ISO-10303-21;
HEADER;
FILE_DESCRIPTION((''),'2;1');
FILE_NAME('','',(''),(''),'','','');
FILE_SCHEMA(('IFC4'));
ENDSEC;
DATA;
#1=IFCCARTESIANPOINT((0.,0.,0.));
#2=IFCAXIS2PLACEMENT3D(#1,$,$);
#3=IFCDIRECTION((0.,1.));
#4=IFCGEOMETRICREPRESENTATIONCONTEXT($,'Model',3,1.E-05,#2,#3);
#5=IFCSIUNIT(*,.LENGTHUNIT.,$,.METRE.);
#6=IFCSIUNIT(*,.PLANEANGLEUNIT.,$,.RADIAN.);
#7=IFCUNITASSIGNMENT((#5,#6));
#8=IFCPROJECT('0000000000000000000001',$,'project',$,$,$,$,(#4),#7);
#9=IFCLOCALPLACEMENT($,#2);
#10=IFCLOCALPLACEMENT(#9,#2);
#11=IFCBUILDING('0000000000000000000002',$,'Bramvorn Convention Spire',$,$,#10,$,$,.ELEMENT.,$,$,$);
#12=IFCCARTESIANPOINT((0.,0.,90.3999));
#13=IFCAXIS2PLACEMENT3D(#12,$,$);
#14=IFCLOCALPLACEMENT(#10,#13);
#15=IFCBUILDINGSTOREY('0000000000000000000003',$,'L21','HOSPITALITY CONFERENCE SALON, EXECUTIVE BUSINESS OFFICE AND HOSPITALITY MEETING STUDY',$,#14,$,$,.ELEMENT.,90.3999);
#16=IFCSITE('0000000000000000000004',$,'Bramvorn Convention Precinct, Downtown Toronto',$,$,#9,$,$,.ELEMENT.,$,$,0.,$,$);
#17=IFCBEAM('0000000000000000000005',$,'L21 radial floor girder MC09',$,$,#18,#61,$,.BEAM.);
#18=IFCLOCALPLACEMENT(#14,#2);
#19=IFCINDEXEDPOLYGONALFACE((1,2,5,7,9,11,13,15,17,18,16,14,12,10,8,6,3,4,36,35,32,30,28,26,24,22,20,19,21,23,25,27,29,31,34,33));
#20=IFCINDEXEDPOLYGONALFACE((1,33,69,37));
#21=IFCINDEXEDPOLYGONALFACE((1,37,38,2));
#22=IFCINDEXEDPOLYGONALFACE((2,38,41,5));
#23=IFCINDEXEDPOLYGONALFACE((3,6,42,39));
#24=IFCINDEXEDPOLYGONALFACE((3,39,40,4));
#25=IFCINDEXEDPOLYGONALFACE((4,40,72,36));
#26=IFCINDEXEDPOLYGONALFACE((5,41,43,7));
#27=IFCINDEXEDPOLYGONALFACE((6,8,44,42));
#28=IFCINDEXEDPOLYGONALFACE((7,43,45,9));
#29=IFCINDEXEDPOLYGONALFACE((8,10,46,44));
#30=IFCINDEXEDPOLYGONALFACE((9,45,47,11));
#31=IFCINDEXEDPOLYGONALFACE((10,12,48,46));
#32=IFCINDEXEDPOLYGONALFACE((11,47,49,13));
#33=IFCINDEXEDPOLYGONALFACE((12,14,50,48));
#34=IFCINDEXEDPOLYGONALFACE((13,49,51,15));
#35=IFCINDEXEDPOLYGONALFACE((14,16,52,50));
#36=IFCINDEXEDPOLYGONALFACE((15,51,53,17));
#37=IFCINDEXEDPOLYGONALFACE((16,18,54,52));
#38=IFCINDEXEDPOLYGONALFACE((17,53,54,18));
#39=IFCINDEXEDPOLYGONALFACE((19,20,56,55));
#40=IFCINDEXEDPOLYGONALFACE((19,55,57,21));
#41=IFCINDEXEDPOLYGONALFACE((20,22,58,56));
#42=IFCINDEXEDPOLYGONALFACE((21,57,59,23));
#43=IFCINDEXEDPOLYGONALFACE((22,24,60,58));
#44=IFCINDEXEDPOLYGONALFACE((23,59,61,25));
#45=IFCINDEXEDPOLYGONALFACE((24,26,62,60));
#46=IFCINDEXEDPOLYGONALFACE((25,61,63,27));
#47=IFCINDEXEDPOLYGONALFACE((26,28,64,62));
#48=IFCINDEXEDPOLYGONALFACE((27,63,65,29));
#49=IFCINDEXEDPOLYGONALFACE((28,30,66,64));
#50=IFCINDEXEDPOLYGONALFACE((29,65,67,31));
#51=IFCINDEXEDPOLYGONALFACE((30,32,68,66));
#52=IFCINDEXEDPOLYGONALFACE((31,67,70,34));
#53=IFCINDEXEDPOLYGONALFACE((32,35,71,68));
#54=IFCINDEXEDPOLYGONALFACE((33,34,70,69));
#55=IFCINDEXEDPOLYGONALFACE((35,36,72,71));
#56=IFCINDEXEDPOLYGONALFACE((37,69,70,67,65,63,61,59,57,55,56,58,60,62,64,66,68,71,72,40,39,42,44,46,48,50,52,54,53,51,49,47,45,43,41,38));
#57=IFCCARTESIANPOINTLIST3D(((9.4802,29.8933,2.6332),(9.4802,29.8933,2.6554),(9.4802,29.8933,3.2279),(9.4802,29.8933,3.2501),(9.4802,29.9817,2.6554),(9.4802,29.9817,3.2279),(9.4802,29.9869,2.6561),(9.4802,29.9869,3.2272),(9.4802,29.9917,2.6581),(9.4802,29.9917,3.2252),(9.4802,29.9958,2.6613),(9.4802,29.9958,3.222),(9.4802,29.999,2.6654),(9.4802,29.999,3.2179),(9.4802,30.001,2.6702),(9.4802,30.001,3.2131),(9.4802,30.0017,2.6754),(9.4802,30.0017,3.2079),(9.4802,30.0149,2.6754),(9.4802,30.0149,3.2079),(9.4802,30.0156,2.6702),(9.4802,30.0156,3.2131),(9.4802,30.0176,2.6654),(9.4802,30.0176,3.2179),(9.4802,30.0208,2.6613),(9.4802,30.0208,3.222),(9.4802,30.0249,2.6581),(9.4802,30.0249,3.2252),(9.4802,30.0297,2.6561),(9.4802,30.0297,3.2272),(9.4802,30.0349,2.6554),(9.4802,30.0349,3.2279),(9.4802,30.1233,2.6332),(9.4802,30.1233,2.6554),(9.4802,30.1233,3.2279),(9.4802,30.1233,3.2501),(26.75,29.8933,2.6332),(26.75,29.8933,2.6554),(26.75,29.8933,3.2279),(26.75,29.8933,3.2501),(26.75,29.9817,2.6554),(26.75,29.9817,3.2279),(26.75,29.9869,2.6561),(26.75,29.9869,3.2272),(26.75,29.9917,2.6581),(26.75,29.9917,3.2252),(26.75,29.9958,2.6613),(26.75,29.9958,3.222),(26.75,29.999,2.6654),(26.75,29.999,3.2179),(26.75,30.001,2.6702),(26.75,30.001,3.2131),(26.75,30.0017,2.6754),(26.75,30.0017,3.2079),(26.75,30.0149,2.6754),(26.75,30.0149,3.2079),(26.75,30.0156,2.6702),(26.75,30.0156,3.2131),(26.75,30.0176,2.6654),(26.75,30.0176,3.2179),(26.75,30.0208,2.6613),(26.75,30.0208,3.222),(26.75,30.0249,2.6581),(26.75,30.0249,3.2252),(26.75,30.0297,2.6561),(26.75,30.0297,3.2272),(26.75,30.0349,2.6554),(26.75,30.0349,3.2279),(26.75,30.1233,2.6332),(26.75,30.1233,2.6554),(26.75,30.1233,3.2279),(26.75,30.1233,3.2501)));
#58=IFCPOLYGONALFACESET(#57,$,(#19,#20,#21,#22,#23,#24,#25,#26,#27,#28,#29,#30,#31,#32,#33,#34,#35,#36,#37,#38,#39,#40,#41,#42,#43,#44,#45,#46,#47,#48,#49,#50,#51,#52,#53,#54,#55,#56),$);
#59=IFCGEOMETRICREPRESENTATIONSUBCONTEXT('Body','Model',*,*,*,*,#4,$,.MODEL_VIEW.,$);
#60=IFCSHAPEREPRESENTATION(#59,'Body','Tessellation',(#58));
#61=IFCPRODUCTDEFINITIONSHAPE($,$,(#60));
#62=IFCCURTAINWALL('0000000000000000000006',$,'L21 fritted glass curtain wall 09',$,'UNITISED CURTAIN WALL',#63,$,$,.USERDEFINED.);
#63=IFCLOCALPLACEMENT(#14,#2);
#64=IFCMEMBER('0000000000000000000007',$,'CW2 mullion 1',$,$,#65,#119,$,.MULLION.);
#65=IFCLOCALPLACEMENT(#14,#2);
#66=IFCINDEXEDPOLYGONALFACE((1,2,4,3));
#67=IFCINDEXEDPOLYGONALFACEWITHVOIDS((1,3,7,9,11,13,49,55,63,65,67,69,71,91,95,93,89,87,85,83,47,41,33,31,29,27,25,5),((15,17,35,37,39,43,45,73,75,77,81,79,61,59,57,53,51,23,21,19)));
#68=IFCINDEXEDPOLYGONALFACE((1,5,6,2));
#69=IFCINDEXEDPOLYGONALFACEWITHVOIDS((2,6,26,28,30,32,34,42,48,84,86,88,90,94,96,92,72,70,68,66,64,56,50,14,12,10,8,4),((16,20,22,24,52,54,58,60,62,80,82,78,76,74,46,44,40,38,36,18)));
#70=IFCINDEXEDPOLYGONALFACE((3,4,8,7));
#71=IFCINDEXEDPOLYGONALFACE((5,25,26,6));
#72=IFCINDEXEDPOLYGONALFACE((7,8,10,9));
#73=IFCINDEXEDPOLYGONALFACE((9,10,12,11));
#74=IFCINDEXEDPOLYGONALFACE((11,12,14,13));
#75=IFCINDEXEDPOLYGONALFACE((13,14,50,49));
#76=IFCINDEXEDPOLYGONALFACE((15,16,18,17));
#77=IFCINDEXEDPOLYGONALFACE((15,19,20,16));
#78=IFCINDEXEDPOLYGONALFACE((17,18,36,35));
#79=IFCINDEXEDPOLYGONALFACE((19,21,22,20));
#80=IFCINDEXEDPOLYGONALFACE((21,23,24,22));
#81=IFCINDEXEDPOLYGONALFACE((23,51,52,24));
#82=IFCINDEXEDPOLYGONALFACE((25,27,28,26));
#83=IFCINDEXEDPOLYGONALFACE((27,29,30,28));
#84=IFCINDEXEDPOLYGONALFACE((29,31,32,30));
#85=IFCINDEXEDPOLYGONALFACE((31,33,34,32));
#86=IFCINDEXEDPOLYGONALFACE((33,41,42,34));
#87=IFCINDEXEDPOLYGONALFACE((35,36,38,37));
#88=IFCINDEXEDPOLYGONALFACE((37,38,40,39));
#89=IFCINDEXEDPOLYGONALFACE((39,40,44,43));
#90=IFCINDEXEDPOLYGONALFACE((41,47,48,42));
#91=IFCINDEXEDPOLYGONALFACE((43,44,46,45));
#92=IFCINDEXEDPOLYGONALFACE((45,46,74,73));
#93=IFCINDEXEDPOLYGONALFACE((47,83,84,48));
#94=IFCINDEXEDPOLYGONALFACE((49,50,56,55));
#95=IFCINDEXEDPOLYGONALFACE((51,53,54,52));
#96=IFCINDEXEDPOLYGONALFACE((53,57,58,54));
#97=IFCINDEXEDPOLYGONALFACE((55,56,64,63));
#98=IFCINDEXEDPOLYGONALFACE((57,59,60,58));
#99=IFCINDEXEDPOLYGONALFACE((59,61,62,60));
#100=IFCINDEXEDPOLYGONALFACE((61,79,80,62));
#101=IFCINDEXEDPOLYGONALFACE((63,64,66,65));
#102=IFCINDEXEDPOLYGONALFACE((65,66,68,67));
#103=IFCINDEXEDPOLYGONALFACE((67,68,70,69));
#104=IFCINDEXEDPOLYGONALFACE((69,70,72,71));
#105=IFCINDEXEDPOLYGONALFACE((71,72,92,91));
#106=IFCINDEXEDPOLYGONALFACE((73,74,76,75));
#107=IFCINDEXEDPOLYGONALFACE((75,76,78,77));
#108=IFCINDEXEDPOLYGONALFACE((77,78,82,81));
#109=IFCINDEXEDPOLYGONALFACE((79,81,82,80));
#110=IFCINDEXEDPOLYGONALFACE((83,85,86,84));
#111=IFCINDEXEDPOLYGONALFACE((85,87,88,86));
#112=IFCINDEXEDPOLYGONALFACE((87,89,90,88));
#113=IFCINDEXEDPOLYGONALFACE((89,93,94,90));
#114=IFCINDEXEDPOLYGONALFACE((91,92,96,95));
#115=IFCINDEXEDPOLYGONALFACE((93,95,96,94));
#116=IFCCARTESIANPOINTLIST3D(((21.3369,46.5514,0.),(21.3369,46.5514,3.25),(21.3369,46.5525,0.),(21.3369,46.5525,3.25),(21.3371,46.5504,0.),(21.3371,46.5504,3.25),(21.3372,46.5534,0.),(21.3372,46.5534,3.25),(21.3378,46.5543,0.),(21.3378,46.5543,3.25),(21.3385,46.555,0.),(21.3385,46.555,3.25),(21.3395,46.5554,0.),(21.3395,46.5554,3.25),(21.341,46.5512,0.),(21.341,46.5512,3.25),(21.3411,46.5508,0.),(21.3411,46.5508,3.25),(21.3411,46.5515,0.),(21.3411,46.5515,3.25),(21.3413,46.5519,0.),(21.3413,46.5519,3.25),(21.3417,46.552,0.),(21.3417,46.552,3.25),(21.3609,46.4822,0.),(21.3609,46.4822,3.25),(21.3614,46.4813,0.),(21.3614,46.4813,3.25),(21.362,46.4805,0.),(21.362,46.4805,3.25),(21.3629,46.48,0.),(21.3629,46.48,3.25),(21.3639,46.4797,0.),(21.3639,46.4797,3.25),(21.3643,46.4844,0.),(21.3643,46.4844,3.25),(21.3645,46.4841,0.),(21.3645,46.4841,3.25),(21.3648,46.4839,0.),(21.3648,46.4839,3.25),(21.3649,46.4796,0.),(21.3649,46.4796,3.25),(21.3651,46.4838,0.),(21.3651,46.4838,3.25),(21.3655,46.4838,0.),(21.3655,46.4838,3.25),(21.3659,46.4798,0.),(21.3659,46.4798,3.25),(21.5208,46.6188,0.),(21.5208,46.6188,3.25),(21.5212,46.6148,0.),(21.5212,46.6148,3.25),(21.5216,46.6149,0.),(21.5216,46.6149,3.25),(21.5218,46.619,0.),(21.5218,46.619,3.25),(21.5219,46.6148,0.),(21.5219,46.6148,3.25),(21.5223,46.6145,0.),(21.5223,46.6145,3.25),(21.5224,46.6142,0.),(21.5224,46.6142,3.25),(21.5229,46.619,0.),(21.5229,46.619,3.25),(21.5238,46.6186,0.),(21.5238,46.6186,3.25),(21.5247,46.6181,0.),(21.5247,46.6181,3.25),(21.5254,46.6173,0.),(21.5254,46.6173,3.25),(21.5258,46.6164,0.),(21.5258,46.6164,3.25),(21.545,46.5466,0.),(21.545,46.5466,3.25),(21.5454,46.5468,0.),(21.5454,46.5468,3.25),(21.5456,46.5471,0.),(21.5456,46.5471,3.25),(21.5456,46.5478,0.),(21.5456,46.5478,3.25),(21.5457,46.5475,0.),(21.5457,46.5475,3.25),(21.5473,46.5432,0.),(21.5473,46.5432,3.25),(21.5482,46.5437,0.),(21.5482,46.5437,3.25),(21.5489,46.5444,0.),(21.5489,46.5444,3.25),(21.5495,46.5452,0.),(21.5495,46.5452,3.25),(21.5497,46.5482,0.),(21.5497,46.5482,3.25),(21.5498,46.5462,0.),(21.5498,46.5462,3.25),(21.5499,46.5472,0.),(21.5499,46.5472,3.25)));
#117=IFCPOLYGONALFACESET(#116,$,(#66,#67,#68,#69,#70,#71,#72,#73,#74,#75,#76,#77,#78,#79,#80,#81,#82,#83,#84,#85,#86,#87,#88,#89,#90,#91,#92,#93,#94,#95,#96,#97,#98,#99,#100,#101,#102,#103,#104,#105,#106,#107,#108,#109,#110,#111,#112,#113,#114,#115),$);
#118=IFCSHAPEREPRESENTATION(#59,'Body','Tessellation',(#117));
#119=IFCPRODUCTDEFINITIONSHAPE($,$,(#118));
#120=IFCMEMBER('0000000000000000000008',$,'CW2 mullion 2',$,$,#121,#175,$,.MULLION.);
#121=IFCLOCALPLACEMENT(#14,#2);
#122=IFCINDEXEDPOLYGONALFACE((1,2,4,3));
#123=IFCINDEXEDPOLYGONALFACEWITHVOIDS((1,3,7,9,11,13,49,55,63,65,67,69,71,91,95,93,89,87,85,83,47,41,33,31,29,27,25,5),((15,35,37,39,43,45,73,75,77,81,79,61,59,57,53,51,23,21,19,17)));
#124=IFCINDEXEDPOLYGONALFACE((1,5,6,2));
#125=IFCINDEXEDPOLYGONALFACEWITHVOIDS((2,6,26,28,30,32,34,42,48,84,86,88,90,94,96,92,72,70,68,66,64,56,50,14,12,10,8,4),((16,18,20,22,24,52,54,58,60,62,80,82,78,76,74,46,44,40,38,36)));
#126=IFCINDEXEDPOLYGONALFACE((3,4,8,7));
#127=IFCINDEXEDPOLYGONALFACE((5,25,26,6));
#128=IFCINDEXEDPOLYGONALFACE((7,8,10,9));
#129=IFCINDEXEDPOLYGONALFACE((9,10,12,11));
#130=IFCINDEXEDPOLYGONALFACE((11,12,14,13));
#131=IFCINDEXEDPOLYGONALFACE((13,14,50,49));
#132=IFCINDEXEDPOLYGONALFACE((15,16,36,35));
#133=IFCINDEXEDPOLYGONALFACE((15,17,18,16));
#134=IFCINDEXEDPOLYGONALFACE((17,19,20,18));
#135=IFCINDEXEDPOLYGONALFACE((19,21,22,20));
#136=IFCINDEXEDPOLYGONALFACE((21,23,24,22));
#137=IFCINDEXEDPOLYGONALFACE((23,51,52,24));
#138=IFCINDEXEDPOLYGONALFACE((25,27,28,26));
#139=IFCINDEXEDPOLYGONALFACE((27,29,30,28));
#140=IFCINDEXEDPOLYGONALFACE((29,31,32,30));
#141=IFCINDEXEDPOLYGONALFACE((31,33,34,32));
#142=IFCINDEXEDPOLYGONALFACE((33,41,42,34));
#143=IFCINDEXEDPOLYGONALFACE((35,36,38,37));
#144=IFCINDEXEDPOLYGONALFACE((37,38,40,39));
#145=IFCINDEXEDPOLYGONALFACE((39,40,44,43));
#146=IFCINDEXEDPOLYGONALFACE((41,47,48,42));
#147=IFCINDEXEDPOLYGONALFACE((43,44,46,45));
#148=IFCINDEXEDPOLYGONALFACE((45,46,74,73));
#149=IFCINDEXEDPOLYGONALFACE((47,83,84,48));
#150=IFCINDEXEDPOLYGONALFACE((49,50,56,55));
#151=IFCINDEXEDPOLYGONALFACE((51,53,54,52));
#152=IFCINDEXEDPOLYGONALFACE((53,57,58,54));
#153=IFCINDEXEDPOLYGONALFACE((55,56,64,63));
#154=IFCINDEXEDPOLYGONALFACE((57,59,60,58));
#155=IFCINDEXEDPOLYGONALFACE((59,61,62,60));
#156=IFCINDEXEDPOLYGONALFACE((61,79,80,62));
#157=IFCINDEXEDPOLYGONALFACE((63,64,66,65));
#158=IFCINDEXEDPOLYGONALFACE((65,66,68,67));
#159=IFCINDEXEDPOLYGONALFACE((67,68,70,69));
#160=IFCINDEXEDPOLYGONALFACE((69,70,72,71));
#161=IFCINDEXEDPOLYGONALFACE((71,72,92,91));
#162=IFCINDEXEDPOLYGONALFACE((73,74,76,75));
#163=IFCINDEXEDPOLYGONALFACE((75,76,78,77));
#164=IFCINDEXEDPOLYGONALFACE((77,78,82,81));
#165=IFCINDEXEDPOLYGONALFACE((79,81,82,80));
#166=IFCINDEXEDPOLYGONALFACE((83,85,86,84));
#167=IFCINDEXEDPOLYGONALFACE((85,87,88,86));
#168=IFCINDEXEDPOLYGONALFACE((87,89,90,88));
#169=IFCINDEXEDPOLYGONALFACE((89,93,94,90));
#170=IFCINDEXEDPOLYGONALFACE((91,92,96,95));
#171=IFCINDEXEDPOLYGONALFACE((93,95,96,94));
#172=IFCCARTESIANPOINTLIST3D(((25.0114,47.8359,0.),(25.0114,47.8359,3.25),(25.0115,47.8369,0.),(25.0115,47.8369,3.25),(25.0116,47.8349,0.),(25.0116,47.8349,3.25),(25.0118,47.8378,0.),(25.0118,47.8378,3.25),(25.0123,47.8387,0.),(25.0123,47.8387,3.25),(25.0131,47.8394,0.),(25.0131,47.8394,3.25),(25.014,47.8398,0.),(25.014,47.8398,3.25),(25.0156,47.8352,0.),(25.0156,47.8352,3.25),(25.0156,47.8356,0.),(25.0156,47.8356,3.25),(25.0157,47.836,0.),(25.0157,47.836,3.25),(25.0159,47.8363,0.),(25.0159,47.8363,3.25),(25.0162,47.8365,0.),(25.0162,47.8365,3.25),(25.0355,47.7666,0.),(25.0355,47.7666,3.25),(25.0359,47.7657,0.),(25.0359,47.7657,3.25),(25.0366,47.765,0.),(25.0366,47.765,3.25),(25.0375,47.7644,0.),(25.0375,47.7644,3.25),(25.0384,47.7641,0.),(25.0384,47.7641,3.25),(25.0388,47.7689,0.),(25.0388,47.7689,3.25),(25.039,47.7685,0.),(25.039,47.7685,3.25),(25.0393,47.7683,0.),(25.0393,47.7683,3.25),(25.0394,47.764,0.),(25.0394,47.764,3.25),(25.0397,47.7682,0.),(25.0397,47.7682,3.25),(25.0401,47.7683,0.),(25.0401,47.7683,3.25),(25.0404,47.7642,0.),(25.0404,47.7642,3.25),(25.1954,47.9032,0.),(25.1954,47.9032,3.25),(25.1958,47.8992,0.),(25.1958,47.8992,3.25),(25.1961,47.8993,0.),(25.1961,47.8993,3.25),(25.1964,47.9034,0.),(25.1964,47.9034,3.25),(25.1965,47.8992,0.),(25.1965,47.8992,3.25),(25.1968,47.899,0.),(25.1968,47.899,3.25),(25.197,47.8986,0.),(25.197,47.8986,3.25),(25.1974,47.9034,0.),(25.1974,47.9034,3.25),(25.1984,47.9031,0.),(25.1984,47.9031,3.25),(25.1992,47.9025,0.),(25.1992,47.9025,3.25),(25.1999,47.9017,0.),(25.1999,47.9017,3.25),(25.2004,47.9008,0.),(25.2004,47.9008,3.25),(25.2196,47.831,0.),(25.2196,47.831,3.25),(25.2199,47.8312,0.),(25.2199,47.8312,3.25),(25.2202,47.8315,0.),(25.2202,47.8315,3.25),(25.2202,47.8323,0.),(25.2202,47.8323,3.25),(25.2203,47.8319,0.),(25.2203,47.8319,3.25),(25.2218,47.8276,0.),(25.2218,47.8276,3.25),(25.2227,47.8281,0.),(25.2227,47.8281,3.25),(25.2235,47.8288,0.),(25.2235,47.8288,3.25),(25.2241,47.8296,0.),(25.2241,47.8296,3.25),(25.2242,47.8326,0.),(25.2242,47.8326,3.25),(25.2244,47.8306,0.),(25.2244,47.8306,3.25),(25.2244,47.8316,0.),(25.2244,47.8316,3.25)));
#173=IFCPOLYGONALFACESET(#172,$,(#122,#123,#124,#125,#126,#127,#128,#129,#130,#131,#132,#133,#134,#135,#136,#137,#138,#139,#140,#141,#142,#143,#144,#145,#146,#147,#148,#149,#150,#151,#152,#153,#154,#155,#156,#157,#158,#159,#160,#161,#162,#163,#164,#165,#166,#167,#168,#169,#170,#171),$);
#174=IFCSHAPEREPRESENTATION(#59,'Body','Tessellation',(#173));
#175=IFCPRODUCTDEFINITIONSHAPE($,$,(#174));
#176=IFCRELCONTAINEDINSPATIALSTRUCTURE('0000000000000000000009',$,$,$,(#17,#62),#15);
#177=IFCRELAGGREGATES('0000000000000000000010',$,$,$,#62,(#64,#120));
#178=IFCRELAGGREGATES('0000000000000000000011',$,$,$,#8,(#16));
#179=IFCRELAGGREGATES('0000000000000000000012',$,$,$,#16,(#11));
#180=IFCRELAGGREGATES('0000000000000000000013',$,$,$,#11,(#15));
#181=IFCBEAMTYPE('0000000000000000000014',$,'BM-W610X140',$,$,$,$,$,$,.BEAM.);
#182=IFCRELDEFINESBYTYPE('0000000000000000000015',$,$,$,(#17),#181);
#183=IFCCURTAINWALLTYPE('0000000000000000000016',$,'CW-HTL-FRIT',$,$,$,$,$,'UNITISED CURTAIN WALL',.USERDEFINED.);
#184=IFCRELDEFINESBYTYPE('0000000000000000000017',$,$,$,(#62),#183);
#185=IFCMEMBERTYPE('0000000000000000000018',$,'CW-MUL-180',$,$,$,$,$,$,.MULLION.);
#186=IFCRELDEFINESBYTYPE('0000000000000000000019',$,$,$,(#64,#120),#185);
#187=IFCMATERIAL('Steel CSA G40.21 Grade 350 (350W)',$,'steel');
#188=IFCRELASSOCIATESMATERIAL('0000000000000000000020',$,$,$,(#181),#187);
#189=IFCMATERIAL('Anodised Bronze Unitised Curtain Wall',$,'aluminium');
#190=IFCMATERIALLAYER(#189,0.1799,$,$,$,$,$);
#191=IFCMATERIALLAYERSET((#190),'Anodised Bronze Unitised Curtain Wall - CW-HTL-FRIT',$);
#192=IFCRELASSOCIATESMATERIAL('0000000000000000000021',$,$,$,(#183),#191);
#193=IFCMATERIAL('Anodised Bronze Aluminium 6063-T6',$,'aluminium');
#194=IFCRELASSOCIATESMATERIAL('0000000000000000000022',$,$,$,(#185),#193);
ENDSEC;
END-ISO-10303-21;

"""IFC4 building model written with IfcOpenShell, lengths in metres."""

from ifc_helpers import new_model, si_unit, direction, frame, origin, origin_2d, place, context, subcontext, project, spatial, hollow_rectangle, i_section, extrude, material, layer, layer_set, material_profile, profile_set, type_object, element, aggregate, save


model = new_model("IFC4")

# Units and contexts
model_context = context("Model", 3, precision=1e-05, world=origin(), true_north=direction((0.0, 1.0)))
body_context = subcontext(model_context, "Body", "Model", "MODEL_VIEW")
ifc_project = project(units=[si_unit("LENGTHUNIT", "METRE"), si_unit("PLANEANGLEUNIT", "RADIAN")], contexts=[model_context])

# Site, building, storey
site_placement = place(None, origin())
site = spatial("IfcSite", under=ifc_project, at=site_placement, Name="Bramvorn Convention Precinct, Downtown Toronto", CompositionType="ELEMENT", RefElevation=0.0)
building_placement = place(site_placement, origin())
building = spatial("IfcBuilding", under=site, at=building_placement, Name="Bramvorn Convention Spire", CompositionType="ELEMENT")
storey_placement = place(building_placement, frame((0.0, 0.0, 90.3999)))
storey = spatial("IfcBuildingStorey", under=building, at=storey_placement, Name="L21", Description="HOSPITALITY CONFERENCE SALON, EXECUTIVE BUSINESS OFFICE AND HOSPITALITY MEETING STUDY", CompositionType="ELEMENT", Elevation=90.3999)

# Shared definitions
ifc_material_1 = material(Name="Steel CSA G40.21 Grade 350 (350W)", Category="steel")

# Beam
ifc_material_profile_1 = material_profile(ifc_material_1, i_section(OverallWidth=0.23, OverallDepth=0.6169, WebThickness=0.0132, FlangeThickness=0.0222, FilletRadius=0.02, at=origin_2d()))
ifc_profile_set_1 = profile_set([ifc_material_profile_1], Name="Steel CSA G40.21 Grade 350 (350W) - W610X140")
beam_type_1 = type_object("IfcBeamType", Name="BM-W610X140", PredefinedType="BEAM", material=ifc_profile_set_1)
beam_1_placement = place(storey_placement, frame((26.75, 30.0083, 2.9417), z_axis=(-1.0, 0.0, 0.0), x_axis=(0.0, -1.0, 0.0)))
element("IfcBeam", 1, at=beam_1_placement, inside=storey, type_object=beam_type_1, Name="L21 radial floor girder MC09", PredefinedType="BEAM", context=body_context, shape_type="SweptSolid", body=[
    extrude(i_section(OverallWidth=0.23, OverallDepth=0.6169, WebThickness=0.0132, FlangeThickness=0.0222, FilletRadius=0.02, at=origin_2d()), origin(), (0.0, 0.0, 1.0), 17.2698),
])

# Curtain wall, members
ifc_material_2 = material(Name="Anodised Bronze Unitised Curtain Wall", Category="aluminium")
ifc_layer_1 = layer(ifc_material_2, 0.1799)
ifc_layer_set_1 = layer_set([ifc_layer_1], Name="Anodised Bronze Unitised Curtain Wall - CW-HTL-FRIT")
curtain_wall_type = type_object("IfcCurtainWallType", Name="CW-HTL-FRIT", ElementType="UNITISED CURTAIN WALL", PredefinedType="USERDEFINED", material=ifc_layer_set_1)
curtain_wall_1_placement = place(storey_placement, origin())
curtain_wall_1 = element("IfcCurtainWall", 2, at=curtain_wall_1_placement, inside=storey, type_object=curtain_wall_type, Name="L21 fritted glass curtain wall 09", ObjectType="UNITISED CURTAIN WALL", PredefinedType="USERDEFINED")
ifc_material_3 = material(Name="Anodised Bronze Aluminium 6063-T6", Category="aluminium")
ifc_material_profile_2 = material_profile(ifc_material_3, hollow_rectangle(XDim=0.0801, YDim=0.2, WallThickness=0.0039, InnerFilletRadius=0.001, OuterFilletRadius=0.0039, at=origin_2d()))
ifc_profile_set_2 = profile_set([ifc_material_profile_2], Name="Anodised Bronze Aluminium 6063-T6 - CWM80X200")
member_type_1 = type_object("IfcMemberType", Name="CW-MUL-180", PredefinedType="MULLION", material=ifc_profile_set_2)
member_1_placement = place(storey_placement, frame((21.4434, 46.5493, 0.0), z_axis=(0.0, 0.0, 1.0), x_axis=(-0.329973, 0.94399, 0.0)))
member_1 = element("IfcMember", 3, at=member_1_placement, type_object=member_type_1, Name="CW2 mullion 1", PredefinedType="MULLION", context=body_context, shape_type="SweptSolid", body=[
    extrude(hollow_rectangle(XDim=0.0801, YDim=0.2, WallThickness=0.0039, InnerFilletRadius=0.001, OuterFilletRadius=0.0039, at=origin_2d()), origin(), (0.0, 0.0, 1.0), 3.25),
])
member_2_placement = place(storey_placement, frame((25.1179, 47.8337, 0.0), z_axis=(0.0, 0.0, 1.0), x_axis=(-0.329973, 0.94399, 0.0)))
member_2 = element("IfcMember", 4, at=member_2_placement, type_object=member_type_1, Name="CW2 mullion 2", PredefinedType="MULLION", context=body_context, shape_type="SweptSolid", body=[
    extrude(hollow_rectangle(XDim=0.0801, YDim=0.2, WallThickness=0.0039, InnerFilletRadius=0.001, OuterFilletRadius=0.0039, at=origin_2d()), origin(), (0.0, 0.0, 1.0), 3.25),
])

aggregate(curtain_wall_1, [member_1, member_2])

save(model, "model.ifc")
